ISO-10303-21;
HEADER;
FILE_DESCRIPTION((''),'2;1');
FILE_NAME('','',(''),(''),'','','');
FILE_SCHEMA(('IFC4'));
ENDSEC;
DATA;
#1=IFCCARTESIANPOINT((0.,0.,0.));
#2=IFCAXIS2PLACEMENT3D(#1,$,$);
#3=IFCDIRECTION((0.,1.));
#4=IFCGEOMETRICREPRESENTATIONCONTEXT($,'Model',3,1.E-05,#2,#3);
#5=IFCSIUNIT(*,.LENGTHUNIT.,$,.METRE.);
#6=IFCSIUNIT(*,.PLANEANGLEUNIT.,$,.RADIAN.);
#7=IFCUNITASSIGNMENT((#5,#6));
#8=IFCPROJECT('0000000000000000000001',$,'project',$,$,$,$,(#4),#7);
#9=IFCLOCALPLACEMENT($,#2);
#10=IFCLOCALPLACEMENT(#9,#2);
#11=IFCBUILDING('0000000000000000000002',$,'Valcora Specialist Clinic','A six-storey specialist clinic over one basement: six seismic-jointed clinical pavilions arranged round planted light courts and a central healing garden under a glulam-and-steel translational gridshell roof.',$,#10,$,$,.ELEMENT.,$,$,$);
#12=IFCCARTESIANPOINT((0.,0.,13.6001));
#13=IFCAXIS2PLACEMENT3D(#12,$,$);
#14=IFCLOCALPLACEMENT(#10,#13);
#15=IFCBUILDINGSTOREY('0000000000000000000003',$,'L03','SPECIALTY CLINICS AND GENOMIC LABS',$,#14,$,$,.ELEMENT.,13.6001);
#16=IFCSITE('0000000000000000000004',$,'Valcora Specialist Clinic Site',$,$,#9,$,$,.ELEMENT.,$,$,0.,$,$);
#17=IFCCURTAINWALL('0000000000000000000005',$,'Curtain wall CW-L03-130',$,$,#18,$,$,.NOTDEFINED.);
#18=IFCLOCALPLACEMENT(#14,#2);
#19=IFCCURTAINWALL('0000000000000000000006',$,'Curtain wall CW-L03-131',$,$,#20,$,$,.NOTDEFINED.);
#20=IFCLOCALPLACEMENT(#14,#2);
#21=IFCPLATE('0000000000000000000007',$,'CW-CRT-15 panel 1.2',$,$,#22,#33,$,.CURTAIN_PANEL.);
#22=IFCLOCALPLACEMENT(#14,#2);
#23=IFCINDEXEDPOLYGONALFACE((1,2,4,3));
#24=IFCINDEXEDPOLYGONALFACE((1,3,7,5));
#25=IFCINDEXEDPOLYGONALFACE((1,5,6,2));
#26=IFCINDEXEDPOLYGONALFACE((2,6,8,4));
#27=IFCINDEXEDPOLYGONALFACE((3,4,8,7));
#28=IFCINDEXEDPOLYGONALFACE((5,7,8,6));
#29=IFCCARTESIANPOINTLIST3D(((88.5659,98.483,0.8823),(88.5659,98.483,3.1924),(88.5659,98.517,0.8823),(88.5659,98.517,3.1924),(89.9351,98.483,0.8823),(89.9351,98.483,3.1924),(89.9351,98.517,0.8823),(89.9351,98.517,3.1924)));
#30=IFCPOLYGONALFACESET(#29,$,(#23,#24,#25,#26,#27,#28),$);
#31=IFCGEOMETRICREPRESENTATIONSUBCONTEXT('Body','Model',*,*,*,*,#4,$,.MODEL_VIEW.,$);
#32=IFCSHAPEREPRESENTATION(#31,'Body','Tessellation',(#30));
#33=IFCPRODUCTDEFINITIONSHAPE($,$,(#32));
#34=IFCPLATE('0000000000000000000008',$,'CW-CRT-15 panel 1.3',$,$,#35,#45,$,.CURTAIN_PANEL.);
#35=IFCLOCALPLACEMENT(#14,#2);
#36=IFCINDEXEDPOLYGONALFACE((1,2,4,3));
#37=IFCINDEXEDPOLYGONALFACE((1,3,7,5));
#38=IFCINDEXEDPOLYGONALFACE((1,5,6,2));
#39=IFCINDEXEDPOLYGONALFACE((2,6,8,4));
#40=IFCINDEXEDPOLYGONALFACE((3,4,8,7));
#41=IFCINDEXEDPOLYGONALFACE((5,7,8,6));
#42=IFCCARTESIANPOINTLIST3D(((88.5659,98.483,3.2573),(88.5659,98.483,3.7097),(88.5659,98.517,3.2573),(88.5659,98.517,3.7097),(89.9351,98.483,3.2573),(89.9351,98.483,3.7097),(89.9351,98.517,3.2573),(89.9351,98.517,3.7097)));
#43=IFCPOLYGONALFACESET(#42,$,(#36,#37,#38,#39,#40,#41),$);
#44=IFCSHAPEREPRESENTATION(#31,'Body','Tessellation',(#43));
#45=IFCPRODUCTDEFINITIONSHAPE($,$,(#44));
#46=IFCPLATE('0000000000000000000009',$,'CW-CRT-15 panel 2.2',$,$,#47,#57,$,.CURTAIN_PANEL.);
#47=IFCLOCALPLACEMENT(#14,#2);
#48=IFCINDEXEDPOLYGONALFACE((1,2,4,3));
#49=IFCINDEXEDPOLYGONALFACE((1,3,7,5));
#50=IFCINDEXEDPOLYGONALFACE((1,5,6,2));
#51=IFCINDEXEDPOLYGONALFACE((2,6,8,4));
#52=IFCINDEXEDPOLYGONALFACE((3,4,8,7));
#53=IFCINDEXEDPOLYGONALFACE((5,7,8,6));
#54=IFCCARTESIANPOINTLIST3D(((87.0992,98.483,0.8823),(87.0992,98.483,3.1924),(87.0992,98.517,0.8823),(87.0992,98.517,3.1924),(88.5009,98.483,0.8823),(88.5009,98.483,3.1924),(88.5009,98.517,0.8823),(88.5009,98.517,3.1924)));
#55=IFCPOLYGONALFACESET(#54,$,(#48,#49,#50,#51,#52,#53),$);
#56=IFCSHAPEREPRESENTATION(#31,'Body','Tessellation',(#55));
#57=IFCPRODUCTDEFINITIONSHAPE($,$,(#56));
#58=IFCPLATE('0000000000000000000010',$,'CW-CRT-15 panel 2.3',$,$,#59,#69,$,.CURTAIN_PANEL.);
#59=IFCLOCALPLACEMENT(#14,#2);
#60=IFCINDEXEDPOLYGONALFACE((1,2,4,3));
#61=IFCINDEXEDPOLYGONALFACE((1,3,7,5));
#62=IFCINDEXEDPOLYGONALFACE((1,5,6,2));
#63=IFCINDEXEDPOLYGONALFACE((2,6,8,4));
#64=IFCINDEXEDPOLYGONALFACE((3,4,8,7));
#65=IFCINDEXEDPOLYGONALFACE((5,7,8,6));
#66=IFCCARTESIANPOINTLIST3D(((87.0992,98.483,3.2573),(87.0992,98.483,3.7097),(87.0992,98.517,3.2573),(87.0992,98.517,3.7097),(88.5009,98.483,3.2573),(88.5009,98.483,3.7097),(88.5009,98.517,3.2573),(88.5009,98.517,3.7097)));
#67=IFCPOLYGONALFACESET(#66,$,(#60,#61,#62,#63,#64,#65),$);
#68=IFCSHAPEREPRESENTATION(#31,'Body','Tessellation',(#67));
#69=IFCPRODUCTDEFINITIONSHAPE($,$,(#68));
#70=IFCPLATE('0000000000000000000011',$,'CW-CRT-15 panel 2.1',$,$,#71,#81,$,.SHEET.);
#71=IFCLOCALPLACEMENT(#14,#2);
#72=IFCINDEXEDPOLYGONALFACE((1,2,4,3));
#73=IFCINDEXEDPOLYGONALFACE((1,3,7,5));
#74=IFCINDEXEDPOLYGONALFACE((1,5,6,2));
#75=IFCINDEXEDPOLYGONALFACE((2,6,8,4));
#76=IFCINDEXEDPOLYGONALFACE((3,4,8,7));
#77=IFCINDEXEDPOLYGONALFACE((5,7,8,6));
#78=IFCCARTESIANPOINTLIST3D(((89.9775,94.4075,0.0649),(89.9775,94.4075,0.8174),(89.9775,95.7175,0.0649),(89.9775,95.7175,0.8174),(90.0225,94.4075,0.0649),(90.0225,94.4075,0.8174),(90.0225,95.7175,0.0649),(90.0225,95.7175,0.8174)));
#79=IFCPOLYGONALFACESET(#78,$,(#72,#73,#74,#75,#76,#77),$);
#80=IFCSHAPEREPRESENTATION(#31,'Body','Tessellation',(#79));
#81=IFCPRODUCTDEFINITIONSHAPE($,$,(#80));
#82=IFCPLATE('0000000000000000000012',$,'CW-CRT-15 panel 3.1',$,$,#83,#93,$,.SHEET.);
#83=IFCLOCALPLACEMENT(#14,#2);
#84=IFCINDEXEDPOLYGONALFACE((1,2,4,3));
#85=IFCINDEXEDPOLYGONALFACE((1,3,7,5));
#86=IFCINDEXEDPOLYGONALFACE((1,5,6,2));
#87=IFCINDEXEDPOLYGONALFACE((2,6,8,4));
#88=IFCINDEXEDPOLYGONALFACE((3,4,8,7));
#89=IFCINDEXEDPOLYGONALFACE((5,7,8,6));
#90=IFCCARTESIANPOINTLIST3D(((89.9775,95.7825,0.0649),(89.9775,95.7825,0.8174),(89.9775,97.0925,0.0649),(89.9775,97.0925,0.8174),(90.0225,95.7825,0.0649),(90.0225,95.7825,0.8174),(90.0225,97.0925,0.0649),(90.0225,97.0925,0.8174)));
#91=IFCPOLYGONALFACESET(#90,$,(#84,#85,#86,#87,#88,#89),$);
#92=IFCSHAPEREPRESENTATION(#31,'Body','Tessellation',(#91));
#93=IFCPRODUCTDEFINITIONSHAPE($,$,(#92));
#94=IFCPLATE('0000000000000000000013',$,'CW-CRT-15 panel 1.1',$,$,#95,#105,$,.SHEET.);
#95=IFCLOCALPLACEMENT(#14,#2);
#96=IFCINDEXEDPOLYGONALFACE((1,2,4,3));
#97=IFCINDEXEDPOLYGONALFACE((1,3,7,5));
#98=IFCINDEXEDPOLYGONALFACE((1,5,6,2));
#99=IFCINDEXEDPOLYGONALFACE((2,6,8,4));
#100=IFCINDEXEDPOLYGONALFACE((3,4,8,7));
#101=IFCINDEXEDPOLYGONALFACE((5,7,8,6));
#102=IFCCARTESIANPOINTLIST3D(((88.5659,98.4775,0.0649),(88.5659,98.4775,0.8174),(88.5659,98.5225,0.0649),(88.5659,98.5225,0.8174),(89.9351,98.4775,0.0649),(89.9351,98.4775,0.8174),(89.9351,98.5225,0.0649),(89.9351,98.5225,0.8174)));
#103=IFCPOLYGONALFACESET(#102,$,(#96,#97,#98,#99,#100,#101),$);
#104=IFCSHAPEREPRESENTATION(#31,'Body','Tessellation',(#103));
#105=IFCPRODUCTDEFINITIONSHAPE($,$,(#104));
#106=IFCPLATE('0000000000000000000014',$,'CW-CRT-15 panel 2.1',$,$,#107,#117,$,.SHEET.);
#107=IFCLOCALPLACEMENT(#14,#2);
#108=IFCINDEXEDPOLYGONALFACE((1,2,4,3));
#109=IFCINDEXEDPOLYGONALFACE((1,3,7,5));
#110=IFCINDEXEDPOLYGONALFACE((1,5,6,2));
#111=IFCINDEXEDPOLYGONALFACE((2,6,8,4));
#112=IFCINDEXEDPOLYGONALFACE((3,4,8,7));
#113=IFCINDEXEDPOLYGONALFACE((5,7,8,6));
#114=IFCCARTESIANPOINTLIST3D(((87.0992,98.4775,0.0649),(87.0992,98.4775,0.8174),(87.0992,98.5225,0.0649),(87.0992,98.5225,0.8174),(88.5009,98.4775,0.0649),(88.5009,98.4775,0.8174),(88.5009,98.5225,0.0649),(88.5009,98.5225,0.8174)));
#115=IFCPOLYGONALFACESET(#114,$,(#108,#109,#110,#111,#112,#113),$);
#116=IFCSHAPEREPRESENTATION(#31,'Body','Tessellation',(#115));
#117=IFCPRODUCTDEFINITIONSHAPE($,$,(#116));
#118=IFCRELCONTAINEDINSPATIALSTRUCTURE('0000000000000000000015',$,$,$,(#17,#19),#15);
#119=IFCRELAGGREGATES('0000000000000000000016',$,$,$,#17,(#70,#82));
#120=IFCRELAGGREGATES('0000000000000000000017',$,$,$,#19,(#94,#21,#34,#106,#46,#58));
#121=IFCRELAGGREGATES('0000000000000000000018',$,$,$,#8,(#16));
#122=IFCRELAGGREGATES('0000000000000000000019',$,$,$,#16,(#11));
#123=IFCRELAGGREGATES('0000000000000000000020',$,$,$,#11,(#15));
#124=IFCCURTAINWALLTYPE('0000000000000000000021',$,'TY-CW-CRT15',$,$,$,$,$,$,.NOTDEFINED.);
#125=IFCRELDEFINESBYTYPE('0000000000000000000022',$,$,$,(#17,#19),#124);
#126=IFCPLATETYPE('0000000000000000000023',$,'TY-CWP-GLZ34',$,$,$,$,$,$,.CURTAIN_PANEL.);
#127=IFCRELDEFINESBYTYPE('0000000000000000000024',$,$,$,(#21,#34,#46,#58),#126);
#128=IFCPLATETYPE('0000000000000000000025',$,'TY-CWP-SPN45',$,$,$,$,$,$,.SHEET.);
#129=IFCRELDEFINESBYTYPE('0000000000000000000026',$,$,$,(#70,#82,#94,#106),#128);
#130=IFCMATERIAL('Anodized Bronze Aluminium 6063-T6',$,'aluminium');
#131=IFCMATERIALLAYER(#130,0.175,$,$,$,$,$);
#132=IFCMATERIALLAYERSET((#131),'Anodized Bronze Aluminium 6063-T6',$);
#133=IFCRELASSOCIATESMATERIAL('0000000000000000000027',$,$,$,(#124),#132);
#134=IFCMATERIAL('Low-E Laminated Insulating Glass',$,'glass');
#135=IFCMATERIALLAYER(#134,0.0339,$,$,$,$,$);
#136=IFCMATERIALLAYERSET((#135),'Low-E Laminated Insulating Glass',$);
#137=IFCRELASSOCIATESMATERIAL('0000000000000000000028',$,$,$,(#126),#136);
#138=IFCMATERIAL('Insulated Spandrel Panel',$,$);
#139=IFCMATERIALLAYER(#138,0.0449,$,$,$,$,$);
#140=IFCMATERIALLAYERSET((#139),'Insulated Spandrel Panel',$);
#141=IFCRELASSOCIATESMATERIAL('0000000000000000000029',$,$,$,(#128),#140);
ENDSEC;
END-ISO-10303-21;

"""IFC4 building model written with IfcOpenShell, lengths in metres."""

from ifc_helpers import new_model, si_unit, direction, frame, origin, origin_2d, place, context, subcontext, project, spatial, rectangle, extrude, material, layer, layer_set, type_object, element, aggregate, save


model = new_model("IFC4")

# Units and contexts
model_context = context("Model", 3, precision=1e-05, world=origin(), true_north=direction((0.0, 1.0)))
body_context = subcontext(model_context, "Body", "Model", "MODEL_VIEW")
ifc_project = project(units=[si_unit("LENGTHUNIT", "METRE"), si_unit("PLANEANGLEUNIT", "RADIAN")], contexts=[model_context])

# Site, building, storey
site_placement = place(None, origin())
site = spatial("IfcSite", under=ifc_project, at=site_placement, Name="Valcora Specialist Clinic Site", CompositionType="ELEMENT", RefElevation=0.0)
building_placement = place(site_placement, origin())
building = spatial("IfcBuilding", under=site, at=building_placement, Name="Valcora Specialist Clinic", Description="A six-storey specialist clinic over one basement: six seismic-jointed clinical pavilions arranged round planted light courts and a central healing garden under a glulam-and-steel translational gridshell roof.", CompositionType="ELEMENT")
storey_placement = place(building_placement, frame((0.0, 0.0, 13.6001)))
storey = spatial("IfcBuildingStorey", under=building, at=storey_placement, Name="L03", Description="SPECIALTY CLINICS AND GENOMIC LABS", CompositionType="ELEMENT", Elevation=13.6001)

# Curtain walls
ifc_material_1 = material(Name="Anodized Bronze Aluminium 6063-T6", Category="aluminium")
ifc_layer_1 = layer(ifc_material_1, 0.175)
ifc_layer_set_1 = layer_set([ifc_layer_1], Name="Anodized Bronze Aluminium 6063-T6")
curtain_wall_type = type_object("IfcCurtainWallType", Name="TY-CW-CRT15", PredefinedType="NOTDEFINED", material=ifc_layer_set_1)
curtain_wall_1_placement = place(storey_placement, origin())
curtain_wall_1 = element("IfcCurtainWall", 1, at=curtain_wall_1_placement, inside=storey, type_object=curtain_wall_type, Name="Curtain wall CW-L03-130", PredefinedType="NOTDEFINED")
curtain_wall_2_placement = place(storey_placement, origin())
curtain_wall_2 = element("IfcCurtainWall", 2, at=curtain_wall_2_placement, inside=storey, type_object=curtain_wall_type, Name="Curtain wall CW-L03-131", PredefinedType="NOTDEFINED")

# Plates
ifc_material_2 = material(Name="Low-E Laminated Insulating Glass", Category="glass")
ifc_layer_2 = layer(ifc_material_2, 0.0339)
ifc_layer_set_2 = layer_set([ifc_layer_2], Name="Low-E Laminated Insulating Glass")
plate_type_1 = type_object("IfcPlateType", Name="TY-CWP-GLZ34", PredefinedType="CURTAIN_PANEL", material=ifc_layer_set_2)
plate_1_placement = place(storey_placement, frame((89.2505, 98.5, 0.8823), z_axis=(0.0, 0.0, 1.0), x_axis=(-1.0, 0.0, 0.0)))
plate_1 = element("IfcPlate", 3, at=plate_1_placement, type_object=plate_type_1, Name="CW-CRT-15 panel 1.2", PredefinedType="CURTAIN_PANEL", context=body_context, shape_type="SweptSolid", body=[
    extrude(rectangle(XDim=1.3691, YDim=0.0339, at=origin_2d()), origin(), (0.0, 0.0, 1.0), 2.3101),
])
plate_2_placement = place(storey_placement, frame((89.2505, 98.5, 3.2573), z_axis=(0.0, 0.0, 1.0), x_axis=(-1.0, 0.0, 0.0)))
plate_2 = element("IfcPlate", 4, at=plate_2_placement, type_object=plate_type_1, Name="CW-CRT-15 panel 1.3", PredefinedType="CURTAIN_PANEL", context=body_context, shape_type="SweptSolid", body=[
    extrude(rectangle(XDim=1.3691, YDim=0.0339, at=origin_2d()), origin(), (0.0, 0.0, 1.0), 0.4524),
])
plate_3_placement = place(storey_placement, frame((87.8, 98.5, 0.8823), z_axis=(0.0, 0.0, 1.0), x_axis=(-1.0, 0.0, 0.0)))
plate_3 = element("IfcPlate", 5, at=plate_3_placement, type_object=plate_type_1, Name="CW-CRT-15 panel 2.2", PredefinedType="CURTAIN_PANEL", context=body_context, shape_type="SweptSolid", body=[
    extrude(rectangle(XDim=1.4016, YDim=0.0339, at=origin_2d()), origin(), (0.0, 0.0, 1.0), 2.3101),
])
plate_4_placement = place(storey_placement, frame((87.8, 98.5, 3.2573), z_axis=(0.0, 0.0, 1.0), x_axis=(-1.0, 0.0, 0.0)))
plate_4 = element("IfcPlate", 6, at=plate_4_placement, type_object=plate_type_1, Name="CW-CRT-15 panel 2.3", PredefinedType="CURTAIN_PANEL", context=body_context, shape_type="SweptSolid", body=[
    extrude(rectangle(XDim=1.4016, YDim=0.0339, at=origin_2d()), origin(), (0.0, 0.0, 1.0), 0.4524),
])
ifc_material_3 = material(Name="Insulated Spandrel Panel")
ifc_layer_3 = layer(ifc_material_3, 0.0449)
ifc_layer_set_3 = layer_set([ifc_layer_3], Name="Insulated Spandrel Panel")
plate_type_2 = type_object("IfcPlateType", Name="TY-CWP-SPN45", PredefinedType="SHEET", material=ifc_layer_set_3)
plate_5_placement = place(storey_placement, frame((90.0, 95.0625, 0.0649), z_axis=(0.0, 0.0, 1.0), x_axis=(0.0, 1.0, 0.0)))
plate_5 = element("IfcPlate", 7, at=plate_5_placement, type_object=plate_type_2, Name="CW-CRT-15 panel 2.1", PredefinedType="SHEET", context=body_context, shape_type="SweptSolid", body=[
    extrude(rectangle(XDim=1.3101, YDim=0.0449, at=origin_2d()), origin(), (0.0, 0.0, 1.0), 0.7524),
])
plate_6_placement = place(storey_placement, frame((90.0, 96.4375, 0.0649), z_axis=(0.0, 0.0, 1.0), x_axis=(0.0, 1.0, 0.0)))
plate_6 = element("IfcPlate", 8, at=plate_6_placement, type_object=plate_type_2, Name="CW-CRT-15 panel 3.1", PredefinedType="SHEET", context=body_context, shape_type="SweptSolid", body=[
    extrude(rectangle(XDim=1.3101, YDim=0.0449, at=origin_2d()), origin(), (0.0, 0.0, 1.0), 0.7524),
])
aggregate(curtain_wall_1, [plate_5, plate_6])
plate_7_placement = place(storey_placement, frame((89.2505, 98.5, 0.0649), z_axis=(0.0, 0.0, 1.0), x_axis=(-1.0, 0.0, 0.0)))
plate_7 = element("IfcPlate", 9, at=plate_7_placement, type_object=plate_type_2, Name="CW-CRT-15 panel 1.1", PredefinedType="SHEET", context=body_context, shape_type="SweptSolid", body=[
    extrude(rectangle(XDim=1.3691, YDim=0.0449, at=origin_2d()), origin(), (0.0, 0.0, 1.0), 0.7524),
])
plate_8_placement = place(storey_placement, frame((87.8, 98.5, 0.0649), z_axis=(0.0, 0.0, 1.0), x_axis=(-1.0, 0.0, 0.0)))
plate_8 = element("IfcPlate", 10, at=plate_8_placement, type_object=plate_type_2, Name="CW-CRT-15 panel 2.1", PredefinedType="SHEET", context=body_context, shape_type="SweptSolid", body=[
    extrude(rectangle(XDim=1.4016, YDim=0.0449, at=origin_2d()), origin(), (0.0, 0.0, 1.0), 0.7524),
])
aggregate(curtain_wall_2, [plate_7, plate_1, plate_2, plate_8, plate_3, plate_4])

save(model, "model.ifc")
